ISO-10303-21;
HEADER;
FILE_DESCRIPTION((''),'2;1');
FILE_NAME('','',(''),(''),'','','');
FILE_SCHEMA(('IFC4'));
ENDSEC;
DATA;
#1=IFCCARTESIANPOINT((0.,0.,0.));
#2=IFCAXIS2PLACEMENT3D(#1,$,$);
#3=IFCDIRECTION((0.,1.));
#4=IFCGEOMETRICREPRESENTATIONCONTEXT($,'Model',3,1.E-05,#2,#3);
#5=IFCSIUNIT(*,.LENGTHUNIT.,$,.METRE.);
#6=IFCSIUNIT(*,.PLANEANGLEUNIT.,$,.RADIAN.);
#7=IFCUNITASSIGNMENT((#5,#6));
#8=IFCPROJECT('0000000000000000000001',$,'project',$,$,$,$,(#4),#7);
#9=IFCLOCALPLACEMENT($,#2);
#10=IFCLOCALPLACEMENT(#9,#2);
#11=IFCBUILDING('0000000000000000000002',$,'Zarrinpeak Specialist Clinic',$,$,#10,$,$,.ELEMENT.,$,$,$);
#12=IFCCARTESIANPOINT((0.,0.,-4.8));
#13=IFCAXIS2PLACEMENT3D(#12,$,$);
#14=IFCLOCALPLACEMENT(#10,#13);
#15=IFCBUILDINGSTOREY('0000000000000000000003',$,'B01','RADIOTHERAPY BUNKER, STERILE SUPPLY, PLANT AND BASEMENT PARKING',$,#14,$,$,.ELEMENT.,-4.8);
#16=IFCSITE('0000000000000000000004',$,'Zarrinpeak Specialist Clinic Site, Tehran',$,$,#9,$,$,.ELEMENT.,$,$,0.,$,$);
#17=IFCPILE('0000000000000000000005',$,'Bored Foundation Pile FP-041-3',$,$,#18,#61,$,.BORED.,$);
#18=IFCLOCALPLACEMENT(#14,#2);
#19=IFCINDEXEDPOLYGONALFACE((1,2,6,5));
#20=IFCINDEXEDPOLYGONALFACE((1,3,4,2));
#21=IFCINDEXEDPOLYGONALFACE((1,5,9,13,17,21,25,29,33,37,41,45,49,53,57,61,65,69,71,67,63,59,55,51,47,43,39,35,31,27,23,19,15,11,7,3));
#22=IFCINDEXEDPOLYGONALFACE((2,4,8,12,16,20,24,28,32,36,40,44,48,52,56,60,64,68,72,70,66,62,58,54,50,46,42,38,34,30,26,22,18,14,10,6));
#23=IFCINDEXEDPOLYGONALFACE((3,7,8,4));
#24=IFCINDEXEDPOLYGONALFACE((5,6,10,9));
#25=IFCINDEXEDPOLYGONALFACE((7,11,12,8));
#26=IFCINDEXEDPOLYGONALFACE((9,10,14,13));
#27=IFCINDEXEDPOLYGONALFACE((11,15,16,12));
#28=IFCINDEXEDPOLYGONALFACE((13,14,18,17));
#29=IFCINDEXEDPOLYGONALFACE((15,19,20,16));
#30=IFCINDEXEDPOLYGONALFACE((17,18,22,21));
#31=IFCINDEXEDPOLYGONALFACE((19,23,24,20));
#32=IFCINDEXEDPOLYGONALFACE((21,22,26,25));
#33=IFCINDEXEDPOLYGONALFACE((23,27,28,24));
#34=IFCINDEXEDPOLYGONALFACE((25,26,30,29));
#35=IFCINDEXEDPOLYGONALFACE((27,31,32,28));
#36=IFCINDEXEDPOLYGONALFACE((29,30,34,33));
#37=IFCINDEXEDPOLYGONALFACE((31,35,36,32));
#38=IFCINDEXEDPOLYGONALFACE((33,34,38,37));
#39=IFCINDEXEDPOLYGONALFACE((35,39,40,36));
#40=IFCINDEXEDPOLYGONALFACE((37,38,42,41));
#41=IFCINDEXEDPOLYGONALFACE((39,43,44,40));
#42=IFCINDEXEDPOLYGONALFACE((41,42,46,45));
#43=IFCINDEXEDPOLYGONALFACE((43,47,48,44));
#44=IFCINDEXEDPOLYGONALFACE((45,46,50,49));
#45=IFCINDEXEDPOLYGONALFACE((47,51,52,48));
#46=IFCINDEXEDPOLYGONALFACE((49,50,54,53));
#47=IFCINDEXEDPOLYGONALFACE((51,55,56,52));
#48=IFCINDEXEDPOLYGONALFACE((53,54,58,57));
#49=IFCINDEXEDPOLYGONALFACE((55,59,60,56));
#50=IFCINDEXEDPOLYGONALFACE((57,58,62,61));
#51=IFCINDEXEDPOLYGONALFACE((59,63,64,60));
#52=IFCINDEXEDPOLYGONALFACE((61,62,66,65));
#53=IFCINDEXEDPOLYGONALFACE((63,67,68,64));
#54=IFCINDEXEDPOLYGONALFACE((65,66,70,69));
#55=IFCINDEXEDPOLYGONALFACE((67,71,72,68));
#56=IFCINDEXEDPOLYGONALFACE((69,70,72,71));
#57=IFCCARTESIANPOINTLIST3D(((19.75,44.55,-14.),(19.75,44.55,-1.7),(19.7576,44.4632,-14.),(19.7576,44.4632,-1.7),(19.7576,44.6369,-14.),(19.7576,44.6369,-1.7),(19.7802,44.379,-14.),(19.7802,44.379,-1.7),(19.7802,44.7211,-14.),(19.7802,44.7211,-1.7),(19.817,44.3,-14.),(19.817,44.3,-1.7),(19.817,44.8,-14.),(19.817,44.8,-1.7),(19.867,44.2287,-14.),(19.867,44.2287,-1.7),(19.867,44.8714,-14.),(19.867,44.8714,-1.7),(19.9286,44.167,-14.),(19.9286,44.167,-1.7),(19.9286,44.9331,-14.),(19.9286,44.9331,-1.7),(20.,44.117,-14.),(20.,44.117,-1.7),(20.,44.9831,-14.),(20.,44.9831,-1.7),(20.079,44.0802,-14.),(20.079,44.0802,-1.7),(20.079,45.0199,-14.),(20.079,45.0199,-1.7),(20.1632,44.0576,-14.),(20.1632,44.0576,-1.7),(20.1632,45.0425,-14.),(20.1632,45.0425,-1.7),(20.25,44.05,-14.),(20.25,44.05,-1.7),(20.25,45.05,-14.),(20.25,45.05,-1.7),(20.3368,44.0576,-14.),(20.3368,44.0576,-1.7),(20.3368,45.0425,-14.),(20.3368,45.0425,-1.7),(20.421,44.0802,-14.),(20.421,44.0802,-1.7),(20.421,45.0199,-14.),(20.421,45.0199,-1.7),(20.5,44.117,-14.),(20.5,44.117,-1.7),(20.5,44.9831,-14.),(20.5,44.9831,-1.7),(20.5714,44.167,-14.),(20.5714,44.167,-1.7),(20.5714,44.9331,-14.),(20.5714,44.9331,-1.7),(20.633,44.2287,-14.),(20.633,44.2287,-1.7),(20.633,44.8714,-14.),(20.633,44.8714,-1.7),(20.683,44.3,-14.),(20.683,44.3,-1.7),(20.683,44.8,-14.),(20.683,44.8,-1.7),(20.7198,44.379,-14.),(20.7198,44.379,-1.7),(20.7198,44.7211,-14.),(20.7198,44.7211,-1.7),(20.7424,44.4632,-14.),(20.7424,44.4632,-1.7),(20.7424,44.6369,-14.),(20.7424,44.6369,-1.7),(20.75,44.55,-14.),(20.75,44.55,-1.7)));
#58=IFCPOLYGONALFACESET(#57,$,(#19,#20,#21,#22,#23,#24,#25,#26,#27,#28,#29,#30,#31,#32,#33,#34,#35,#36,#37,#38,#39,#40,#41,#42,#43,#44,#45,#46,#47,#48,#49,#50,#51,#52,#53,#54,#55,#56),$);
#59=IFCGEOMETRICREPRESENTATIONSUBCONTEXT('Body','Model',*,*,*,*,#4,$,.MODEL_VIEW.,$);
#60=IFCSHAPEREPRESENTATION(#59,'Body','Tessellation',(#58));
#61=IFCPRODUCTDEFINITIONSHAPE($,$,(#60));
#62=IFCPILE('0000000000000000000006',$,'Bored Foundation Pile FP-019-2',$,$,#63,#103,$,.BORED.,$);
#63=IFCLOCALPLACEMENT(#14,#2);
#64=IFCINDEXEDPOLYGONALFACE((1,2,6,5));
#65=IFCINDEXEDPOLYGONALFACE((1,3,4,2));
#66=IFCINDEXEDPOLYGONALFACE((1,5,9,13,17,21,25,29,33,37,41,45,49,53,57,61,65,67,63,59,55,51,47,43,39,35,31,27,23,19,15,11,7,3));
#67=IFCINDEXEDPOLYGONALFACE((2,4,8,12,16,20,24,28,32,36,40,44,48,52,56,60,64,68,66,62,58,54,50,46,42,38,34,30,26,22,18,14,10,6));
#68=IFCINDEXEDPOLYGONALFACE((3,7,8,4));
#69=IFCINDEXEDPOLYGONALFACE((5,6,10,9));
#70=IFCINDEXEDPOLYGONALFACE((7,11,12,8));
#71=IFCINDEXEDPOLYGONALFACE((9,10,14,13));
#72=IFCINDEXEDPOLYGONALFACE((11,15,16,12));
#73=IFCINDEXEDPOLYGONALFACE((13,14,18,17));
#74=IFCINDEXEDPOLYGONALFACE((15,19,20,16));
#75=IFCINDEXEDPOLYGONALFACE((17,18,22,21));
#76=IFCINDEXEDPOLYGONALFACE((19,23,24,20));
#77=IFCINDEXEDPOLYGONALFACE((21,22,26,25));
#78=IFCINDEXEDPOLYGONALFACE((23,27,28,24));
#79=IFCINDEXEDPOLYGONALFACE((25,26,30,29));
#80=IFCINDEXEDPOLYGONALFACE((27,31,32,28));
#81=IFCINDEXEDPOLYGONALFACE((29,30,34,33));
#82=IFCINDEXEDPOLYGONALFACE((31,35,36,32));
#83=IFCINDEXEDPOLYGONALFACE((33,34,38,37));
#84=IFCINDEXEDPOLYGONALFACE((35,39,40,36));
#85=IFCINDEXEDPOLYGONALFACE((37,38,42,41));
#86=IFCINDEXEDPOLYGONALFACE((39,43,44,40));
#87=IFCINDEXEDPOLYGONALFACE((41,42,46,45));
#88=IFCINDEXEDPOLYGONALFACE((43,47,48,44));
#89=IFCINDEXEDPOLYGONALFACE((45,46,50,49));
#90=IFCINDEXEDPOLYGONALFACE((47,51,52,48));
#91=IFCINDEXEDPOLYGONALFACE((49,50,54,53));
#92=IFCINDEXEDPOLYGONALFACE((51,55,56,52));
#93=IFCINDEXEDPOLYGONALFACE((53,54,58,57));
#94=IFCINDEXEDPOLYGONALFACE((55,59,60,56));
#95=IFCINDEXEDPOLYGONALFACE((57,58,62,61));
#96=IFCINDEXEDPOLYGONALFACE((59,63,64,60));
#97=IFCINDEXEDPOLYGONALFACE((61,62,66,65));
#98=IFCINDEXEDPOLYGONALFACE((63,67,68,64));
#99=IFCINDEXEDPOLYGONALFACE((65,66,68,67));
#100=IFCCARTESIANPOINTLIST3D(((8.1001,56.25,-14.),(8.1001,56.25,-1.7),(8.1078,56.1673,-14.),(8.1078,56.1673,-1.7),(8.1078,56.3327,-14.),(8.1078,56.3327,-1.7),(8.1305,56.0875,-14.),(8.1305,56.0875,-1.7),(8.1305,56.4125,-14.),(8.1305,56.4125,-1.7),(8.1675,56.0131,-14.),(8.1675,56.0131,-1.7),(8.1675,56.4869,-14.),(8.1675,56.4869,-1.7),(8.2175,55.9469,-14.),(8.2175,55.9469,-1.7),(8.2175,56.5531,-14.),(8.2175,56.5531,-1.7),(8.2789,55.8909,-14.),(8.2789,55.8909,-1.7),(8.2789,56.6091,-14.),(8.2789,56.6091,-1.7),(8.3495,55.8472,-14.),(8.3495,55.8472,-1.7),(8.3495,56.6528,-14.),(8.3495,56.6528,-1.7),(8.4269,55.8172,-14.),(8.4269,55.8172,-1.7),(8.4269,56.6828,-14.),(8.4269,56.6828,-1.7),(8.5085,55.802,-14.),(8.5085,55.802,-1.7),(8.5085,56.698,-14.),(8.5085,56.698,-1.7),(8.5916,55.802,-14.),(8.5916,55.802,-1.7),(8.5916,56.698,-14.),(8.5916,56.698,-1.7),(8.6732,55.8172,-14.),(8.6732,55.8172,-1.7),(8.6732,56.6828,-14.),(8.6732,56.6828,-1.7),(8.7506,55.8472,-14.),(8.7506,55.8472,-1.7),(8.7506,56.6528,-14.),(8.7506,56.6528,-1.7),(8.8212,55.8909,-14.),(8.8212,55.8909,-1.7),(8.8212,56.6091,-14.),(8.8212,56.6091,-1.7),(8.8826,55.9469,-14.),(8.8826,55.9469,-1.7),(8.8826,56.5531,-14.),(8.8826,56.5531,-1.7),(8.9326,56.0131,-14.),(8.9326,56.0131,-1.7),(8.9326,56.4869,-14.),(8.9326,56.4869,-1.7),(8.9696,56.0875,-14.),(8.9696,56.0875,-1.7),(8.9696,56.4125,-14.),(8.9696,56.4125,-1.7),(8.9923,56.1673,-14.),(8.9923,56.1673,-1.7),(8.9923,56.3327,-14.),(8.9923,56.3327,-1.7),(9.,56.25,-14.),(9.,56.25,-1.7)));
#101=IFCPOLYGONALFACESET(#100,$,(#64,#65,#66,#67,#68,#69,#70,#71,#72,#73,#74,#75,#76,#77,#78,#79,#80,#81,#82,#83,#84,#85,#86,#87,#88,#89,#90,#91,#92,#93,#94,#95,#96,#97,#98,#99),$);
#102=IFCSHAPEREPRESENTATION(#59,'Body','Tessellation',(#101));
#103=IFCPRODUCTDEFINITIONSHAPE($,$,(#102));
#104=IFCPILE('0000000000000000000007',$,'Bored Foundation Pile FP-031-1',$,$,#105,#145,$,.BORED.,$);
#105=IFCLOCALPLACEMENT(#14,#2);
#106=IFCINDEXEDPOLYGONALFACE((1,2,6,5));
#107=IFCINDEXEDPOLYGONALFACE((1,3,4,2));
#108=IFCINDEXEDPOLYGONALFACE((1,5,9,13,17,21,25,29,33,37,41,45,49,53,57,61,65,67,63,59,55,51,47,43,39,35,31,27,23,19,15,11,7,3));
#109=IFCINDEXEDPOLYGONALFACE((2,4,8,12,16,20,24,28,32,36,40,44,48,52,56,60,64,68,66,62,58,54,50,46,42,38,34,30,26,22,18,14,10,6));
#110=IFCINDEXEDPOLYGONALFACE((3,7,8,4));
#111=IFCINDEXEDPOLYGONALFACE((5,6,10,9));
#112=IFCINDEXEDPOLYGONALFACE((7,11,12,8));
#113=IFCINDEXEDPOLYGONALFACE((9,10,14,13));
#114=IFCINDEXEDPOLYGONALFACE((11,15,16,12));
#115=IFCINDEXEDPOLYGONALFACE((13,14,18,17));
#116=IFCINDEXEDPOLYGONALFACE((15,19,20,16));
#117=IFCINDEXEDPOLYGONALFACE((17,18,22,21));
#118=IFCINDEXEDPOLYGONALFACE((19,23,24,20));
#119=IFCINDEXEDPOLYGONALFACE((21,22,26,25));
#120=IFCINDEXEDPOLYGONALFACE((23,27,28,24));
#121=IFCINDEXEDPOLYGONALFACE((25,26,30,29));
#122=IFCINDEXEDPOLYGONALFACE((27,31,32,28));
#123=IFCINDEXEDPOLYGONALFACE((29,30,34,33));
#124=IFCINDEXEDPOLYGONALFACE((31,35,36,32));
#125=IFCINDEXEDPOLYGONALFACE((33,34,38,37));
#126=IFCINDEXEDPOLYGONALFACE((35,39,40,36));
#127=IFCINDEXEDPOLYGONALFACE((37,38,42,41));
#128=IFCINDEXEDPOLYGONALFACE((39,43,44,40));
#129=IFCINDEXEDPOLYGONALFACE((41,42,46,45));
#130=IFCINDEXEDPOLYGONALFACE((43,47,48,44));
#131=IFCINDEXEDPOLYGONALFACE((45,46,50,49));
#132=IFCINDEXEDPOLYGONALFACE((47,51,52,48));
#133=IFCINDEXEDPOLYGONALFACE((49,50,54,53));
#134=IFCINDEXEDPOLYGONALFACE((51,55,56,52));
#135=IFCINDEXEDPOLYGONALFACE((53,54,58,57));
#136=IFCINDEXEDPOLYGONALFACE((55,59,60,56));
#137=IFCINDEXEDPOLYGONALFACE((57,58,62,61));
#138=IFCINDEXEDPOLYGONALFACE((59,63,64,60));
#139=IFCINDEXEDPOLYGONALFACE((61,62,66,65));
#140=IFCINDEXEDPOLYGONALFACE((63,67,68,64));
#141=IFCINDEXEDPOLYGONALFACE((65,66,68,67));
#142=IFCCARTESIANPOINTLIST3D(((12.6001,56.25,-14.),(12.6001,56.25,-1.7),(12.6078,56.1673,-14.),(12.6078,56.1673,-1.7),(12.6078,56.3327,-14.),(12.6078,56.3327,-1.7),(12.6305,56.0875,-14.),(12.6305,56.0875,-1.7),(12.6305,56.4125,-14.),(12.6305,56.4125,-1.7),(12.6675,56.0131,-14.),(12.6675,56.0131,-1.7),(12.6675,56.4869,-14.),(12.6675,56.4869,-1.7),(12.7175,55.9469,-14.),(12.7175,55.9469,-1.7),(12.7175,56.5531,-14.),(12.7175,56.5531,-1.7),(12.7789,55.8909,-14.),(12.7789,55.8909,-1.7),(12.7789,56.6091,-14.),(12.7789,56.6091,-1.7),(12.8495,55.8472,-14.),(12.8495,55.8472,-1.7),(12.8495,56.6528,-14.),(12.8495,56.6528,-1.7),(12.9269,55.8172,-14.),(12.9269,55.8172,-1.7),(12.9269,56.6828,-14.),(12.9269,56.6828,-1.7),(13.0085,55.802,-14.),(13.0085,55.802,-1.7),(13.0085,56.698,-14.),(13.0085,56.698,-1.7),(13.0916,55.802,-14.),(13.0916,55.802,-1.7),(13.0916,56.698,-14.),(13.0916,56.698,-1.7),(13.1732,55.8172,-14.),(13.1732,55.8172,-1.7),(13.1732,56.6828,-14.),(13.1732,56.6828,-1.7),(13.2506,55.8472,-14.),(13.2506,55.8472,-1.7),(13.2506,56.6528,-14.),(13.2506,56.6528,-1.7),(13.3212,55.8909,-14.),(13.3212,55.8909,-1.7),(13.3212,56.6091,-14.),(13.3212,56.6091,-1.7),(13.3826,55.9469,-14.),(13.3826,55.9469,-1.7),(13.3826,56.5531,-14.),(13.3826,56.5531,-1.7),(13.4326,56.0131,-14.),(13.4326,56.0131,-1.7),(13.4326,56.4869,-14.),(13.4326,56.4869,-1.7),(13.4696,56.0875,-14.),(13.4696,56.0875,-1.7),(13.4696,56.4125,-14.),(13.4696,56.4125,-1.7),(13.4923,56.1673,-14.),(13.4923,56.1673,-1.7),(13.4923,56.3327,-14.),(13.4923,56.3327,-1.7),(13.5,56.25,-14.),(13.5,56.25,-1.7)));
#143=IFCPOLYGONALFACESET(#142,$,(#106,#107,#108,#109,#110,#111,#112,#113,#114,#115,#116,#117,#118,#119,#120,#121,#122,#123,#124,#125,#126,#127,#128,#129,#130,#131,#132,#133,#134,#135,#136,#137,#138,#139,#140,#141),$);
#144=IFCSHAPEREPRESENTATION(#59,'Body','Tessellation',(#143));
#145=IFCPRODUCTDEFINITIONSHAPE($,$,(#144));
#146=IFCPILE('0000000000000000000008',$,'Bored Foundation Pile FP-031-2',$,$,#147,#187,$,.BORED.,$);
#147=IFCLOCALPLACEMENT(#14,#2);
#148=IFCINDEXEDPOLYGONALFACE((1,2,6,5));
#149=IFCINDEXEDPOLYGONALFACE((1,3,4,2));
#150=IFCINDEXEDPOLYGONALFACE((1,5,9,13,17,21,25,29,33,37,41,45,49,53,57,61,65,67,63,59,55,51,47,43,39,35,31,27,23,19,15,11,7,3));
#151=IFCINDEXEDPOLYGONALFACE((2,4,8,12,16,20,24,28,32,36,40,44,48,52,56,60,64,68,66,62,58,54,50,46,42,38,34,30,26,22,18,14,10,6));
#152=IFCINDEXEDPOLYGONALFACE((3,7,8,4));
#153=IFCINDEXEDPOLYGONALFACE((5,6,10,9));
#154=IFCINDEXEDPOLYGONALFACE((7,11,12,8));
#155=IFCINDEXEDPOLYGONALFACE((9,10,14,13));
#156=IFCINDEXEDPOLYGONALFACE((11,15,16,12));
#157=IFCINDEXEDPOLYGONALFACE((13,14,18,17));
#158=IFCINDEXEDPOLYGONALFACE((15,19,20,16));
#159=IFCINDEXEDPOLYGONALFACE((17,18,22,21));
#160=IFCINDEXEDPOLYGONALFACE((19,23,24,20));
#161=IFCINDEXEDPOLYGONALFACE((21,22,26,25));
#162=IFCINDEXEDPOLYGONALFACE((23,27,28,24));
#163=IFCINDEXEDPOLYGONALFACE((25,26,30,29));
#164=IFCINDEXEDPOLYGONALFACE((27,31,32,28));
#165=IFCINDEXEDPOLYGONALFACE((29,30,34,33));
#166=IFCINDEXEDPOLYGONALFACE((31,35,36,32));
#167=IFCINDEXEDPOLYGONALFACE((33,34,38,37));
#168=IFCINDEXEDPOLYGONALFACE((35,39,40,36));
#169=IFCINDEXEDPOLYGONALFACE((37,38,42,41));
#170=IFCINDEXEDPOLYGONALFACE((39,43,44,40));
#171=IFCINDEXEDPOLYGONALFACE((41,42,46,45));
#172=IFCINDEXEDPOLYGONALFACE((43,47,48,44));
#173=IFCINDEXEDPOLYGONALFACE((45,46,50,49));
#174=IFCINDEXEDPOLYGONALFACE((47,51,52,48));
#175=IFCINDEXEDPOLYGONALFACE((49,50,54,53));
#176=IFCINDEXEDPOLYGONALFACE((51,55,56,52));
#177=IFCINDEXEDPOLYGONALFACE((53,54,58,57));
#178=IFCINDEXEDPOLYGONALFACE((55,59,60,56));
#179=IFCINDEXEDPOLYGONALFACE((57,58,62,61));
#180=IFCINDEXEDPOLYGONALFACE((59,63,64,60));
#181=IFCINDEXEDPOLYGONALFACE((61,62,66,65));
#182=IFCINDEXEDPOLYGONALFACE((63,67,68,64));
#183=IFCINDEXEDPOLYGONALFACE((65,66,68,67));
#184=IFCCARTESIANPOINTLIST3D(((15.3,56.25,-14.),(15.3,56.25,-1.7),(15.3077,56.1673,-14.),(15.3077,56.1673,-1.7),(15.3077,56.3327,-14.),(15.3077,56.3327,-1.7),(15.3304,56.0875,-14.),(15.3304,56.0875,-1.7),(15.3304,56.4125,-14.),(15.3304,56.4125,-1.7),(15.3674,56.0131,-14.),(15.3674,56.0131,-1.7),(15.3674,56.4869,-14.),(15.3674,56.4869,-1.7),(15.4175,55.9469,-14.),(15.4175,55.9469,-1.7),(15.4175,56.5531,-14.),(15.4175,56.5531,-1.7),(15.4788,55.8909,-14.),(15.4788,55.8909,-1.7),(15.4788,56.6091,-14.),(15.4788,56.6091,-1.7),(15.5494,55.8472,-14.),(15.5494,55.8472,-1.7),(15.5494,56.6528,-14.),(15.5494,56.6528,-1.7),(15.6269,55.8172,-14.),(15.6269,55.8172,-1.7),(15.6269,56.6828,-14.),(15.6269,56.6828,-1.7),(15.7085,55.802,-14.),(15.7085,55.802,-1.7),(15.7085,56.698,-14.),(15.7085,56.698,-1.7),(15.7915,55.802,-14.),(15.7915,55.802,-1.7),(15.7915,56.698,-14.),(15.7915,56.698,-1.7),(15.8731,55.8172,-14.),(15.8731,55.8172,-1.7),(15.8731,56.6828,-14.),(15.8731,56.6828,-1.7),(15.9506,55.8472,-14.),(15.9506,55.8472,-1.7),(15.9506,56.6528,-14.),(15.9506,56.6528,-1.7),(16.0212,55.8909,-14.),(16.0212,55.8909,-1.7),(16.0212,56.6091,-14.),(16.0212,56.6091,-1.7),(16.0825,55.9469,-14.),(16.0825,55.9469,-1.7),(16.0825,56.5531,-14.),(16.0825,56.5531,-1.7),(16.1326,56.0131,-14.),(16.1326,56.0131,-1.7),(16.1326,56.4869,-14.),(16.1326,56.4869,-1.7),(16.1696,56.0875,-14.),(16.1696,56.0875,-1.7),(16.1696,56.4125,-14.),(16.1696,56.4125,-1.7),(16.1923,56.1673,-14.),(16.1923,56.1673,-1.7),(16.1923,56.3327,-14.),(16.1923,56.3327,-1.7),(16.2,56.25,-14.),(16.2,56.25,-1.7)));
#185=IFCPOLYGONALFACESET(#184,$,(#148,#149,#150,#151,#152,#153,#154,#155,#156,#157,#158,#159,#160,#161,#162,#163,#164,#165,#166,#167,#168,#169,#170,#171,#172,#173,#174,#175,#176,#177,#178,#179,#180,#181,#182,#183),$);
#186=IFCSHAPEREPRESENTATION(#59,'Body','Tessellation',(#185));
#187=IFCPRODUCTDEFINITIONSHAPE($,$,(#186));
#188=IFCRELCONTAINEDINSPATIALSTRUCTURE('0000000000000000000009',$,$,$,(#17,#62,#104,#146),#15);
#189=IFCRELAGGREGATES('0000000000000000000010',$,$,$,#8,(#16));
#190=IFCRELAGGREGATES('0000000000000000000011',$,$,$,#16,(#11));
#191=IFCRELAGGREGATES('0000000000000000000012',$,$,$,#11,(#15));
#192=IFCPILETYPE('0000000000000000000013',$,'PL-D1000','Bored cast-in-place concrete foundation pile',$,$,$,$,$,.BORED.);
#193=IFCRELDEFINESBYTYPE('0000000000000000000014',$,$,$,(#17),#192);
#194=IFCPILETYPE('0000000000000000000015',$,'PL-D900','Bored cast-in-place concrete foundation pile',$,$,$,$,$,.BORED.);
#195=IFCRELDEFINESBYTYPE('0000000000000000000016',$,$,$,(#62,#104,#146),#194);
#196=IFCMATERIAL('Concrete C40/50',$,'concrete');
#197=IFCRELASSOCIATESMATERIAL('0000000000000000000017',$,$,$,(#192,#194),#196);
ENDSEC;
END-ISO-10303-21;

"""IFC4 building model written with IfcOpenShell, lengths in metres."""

from ifc_helpers import new_model, si_unit, direction, frame, origin, origin_2d, place, context, subcontext, project, spatial, circle, extrude, material, material_profile, profile_set, type_object, element, save


model = new_model("IFC4")

# Units and contexts
model_context = context("Model", 3, precision=1e-05, world=origin(), true_north=direction((0.0, 1.0)))
body_context = subcontext(model_context, "Body", "Model", "MODEL_VIEW")
ifc_project = project(units=[si_unit("LENGTHUNIT", "METRE"), si_unit("PLANEANGLEUNIT", "RADIAN")], contexts=[model_context])

# Site, building, storey
site_placement = place(None, origin())
site = spatial("IfcSite", under=ifc_project, at=site_placement, Name="Zarrinpeak Specialist Clinic Site, Tehran", CompositionType="ELEMENT", RefElevation=0.0)
building_placement = place(site_placement, origin())
building = spatial("IfcBuilding", under=site, at=building_placement, Name="Zarrinpeak Specialist Clinic", CompositionType="ELEMENT")
storey_placement = place(building_placement, frame((0.0, 0.0, -4.8)))
storey = spatial("IfcBuildingStorey", under=building, at=storey_placement, Name="B01", Description="RADIOTHERAPY BUNKER, STERILE SUPPLY, PLANT AND BASEMENT PARKING", CompositionType="ELEMENT", Elevation=-4.8)

# Shared definitions
ifc_material_1 = material(Name="Concrete C40/50", Category="concrete")

# Piles
ifc_material_profile_1 = material_profile(ifc_material_1, circle(Radius=0.5, at=origin_2d()), Name="BORED PILE D1000")
ifc_profile_set_1 = profile_set([ifc_material_profile_1], Name="Concrete C40/50")
pile_type_1 = type_object("IfcPileType", Name="PL-D1000", Description="Bored cast-in-place concrete foundation pile", PredefinedType="BORED", material=ifc_profile_set_1)
pile_1_placement = place(storey_placement, frame((20.25, 44.55, -1.7), z_axis=(0.0, 0.0, -1.0), x_axis=(1.0, 0.0, 0.0)))
element("IfcPile", 1, at=pile_1_placement, inside=storey, type_object=pile_type_1, Name="Bored Foundation Pile FP-041-3", PredefinedType="BORED", context=body_context, shape_type="SweptSolid", body=[
    extrude(circle(Radius=0.5, at=origin_2d()), origin(), (0.0, 0.0, 1.0), 12.3),
])
ifc_material_profile_2 = material_profile(ifc_material_1, circle(Radius=0.45, at=origin_2d()), Name="BORED PILE D900")
ifc_profile_set_2 = profile_set([ifc_material_profile_2], Name="Concrete C40/50")
pile_type_2 = type_object("IfcPileType", Name="PL-D900", Description="Bored cast-in-place concrete foundation pile", PredefinedType="BORED", material=ifc_profile_set_2)
for number, where, z_axis, x_axis, name in (
    (2, (8.55, 56.25, -1.7), (0.0, 0.0, -1.0), (1.0, 0.0, 0.0), "Bored Foundation Pile FP-019-2"),
    (3, (13.05, 56.25, -1.7), (0.0, 0.0, -1.0), (1.0, 0.0, 0.0), "Bored Foundation Pile FP-031-1"),
    (4, (15.75, 56.25, -1.7), (0.0, 0.0, -1.0), (1.0, 0.0, 0.0), "Bored Foundation Pile FP-031-2"),
):
    element("IfcPile", number, at=place(storey_placement, frame(where, z_axis=z_axis, x_axis=x_axis)), inside=storey, type_object=pile_type_2, Name=name, PredefinedType="BORED", context=body_context, shape_type="SweptSolid", body=[
        extrude(circle(Radius=0.45, at=origin_2d()), origin(), (0.0, 0.0, 1.0), 12.3),
    ])

save(model, "model.ifc")
